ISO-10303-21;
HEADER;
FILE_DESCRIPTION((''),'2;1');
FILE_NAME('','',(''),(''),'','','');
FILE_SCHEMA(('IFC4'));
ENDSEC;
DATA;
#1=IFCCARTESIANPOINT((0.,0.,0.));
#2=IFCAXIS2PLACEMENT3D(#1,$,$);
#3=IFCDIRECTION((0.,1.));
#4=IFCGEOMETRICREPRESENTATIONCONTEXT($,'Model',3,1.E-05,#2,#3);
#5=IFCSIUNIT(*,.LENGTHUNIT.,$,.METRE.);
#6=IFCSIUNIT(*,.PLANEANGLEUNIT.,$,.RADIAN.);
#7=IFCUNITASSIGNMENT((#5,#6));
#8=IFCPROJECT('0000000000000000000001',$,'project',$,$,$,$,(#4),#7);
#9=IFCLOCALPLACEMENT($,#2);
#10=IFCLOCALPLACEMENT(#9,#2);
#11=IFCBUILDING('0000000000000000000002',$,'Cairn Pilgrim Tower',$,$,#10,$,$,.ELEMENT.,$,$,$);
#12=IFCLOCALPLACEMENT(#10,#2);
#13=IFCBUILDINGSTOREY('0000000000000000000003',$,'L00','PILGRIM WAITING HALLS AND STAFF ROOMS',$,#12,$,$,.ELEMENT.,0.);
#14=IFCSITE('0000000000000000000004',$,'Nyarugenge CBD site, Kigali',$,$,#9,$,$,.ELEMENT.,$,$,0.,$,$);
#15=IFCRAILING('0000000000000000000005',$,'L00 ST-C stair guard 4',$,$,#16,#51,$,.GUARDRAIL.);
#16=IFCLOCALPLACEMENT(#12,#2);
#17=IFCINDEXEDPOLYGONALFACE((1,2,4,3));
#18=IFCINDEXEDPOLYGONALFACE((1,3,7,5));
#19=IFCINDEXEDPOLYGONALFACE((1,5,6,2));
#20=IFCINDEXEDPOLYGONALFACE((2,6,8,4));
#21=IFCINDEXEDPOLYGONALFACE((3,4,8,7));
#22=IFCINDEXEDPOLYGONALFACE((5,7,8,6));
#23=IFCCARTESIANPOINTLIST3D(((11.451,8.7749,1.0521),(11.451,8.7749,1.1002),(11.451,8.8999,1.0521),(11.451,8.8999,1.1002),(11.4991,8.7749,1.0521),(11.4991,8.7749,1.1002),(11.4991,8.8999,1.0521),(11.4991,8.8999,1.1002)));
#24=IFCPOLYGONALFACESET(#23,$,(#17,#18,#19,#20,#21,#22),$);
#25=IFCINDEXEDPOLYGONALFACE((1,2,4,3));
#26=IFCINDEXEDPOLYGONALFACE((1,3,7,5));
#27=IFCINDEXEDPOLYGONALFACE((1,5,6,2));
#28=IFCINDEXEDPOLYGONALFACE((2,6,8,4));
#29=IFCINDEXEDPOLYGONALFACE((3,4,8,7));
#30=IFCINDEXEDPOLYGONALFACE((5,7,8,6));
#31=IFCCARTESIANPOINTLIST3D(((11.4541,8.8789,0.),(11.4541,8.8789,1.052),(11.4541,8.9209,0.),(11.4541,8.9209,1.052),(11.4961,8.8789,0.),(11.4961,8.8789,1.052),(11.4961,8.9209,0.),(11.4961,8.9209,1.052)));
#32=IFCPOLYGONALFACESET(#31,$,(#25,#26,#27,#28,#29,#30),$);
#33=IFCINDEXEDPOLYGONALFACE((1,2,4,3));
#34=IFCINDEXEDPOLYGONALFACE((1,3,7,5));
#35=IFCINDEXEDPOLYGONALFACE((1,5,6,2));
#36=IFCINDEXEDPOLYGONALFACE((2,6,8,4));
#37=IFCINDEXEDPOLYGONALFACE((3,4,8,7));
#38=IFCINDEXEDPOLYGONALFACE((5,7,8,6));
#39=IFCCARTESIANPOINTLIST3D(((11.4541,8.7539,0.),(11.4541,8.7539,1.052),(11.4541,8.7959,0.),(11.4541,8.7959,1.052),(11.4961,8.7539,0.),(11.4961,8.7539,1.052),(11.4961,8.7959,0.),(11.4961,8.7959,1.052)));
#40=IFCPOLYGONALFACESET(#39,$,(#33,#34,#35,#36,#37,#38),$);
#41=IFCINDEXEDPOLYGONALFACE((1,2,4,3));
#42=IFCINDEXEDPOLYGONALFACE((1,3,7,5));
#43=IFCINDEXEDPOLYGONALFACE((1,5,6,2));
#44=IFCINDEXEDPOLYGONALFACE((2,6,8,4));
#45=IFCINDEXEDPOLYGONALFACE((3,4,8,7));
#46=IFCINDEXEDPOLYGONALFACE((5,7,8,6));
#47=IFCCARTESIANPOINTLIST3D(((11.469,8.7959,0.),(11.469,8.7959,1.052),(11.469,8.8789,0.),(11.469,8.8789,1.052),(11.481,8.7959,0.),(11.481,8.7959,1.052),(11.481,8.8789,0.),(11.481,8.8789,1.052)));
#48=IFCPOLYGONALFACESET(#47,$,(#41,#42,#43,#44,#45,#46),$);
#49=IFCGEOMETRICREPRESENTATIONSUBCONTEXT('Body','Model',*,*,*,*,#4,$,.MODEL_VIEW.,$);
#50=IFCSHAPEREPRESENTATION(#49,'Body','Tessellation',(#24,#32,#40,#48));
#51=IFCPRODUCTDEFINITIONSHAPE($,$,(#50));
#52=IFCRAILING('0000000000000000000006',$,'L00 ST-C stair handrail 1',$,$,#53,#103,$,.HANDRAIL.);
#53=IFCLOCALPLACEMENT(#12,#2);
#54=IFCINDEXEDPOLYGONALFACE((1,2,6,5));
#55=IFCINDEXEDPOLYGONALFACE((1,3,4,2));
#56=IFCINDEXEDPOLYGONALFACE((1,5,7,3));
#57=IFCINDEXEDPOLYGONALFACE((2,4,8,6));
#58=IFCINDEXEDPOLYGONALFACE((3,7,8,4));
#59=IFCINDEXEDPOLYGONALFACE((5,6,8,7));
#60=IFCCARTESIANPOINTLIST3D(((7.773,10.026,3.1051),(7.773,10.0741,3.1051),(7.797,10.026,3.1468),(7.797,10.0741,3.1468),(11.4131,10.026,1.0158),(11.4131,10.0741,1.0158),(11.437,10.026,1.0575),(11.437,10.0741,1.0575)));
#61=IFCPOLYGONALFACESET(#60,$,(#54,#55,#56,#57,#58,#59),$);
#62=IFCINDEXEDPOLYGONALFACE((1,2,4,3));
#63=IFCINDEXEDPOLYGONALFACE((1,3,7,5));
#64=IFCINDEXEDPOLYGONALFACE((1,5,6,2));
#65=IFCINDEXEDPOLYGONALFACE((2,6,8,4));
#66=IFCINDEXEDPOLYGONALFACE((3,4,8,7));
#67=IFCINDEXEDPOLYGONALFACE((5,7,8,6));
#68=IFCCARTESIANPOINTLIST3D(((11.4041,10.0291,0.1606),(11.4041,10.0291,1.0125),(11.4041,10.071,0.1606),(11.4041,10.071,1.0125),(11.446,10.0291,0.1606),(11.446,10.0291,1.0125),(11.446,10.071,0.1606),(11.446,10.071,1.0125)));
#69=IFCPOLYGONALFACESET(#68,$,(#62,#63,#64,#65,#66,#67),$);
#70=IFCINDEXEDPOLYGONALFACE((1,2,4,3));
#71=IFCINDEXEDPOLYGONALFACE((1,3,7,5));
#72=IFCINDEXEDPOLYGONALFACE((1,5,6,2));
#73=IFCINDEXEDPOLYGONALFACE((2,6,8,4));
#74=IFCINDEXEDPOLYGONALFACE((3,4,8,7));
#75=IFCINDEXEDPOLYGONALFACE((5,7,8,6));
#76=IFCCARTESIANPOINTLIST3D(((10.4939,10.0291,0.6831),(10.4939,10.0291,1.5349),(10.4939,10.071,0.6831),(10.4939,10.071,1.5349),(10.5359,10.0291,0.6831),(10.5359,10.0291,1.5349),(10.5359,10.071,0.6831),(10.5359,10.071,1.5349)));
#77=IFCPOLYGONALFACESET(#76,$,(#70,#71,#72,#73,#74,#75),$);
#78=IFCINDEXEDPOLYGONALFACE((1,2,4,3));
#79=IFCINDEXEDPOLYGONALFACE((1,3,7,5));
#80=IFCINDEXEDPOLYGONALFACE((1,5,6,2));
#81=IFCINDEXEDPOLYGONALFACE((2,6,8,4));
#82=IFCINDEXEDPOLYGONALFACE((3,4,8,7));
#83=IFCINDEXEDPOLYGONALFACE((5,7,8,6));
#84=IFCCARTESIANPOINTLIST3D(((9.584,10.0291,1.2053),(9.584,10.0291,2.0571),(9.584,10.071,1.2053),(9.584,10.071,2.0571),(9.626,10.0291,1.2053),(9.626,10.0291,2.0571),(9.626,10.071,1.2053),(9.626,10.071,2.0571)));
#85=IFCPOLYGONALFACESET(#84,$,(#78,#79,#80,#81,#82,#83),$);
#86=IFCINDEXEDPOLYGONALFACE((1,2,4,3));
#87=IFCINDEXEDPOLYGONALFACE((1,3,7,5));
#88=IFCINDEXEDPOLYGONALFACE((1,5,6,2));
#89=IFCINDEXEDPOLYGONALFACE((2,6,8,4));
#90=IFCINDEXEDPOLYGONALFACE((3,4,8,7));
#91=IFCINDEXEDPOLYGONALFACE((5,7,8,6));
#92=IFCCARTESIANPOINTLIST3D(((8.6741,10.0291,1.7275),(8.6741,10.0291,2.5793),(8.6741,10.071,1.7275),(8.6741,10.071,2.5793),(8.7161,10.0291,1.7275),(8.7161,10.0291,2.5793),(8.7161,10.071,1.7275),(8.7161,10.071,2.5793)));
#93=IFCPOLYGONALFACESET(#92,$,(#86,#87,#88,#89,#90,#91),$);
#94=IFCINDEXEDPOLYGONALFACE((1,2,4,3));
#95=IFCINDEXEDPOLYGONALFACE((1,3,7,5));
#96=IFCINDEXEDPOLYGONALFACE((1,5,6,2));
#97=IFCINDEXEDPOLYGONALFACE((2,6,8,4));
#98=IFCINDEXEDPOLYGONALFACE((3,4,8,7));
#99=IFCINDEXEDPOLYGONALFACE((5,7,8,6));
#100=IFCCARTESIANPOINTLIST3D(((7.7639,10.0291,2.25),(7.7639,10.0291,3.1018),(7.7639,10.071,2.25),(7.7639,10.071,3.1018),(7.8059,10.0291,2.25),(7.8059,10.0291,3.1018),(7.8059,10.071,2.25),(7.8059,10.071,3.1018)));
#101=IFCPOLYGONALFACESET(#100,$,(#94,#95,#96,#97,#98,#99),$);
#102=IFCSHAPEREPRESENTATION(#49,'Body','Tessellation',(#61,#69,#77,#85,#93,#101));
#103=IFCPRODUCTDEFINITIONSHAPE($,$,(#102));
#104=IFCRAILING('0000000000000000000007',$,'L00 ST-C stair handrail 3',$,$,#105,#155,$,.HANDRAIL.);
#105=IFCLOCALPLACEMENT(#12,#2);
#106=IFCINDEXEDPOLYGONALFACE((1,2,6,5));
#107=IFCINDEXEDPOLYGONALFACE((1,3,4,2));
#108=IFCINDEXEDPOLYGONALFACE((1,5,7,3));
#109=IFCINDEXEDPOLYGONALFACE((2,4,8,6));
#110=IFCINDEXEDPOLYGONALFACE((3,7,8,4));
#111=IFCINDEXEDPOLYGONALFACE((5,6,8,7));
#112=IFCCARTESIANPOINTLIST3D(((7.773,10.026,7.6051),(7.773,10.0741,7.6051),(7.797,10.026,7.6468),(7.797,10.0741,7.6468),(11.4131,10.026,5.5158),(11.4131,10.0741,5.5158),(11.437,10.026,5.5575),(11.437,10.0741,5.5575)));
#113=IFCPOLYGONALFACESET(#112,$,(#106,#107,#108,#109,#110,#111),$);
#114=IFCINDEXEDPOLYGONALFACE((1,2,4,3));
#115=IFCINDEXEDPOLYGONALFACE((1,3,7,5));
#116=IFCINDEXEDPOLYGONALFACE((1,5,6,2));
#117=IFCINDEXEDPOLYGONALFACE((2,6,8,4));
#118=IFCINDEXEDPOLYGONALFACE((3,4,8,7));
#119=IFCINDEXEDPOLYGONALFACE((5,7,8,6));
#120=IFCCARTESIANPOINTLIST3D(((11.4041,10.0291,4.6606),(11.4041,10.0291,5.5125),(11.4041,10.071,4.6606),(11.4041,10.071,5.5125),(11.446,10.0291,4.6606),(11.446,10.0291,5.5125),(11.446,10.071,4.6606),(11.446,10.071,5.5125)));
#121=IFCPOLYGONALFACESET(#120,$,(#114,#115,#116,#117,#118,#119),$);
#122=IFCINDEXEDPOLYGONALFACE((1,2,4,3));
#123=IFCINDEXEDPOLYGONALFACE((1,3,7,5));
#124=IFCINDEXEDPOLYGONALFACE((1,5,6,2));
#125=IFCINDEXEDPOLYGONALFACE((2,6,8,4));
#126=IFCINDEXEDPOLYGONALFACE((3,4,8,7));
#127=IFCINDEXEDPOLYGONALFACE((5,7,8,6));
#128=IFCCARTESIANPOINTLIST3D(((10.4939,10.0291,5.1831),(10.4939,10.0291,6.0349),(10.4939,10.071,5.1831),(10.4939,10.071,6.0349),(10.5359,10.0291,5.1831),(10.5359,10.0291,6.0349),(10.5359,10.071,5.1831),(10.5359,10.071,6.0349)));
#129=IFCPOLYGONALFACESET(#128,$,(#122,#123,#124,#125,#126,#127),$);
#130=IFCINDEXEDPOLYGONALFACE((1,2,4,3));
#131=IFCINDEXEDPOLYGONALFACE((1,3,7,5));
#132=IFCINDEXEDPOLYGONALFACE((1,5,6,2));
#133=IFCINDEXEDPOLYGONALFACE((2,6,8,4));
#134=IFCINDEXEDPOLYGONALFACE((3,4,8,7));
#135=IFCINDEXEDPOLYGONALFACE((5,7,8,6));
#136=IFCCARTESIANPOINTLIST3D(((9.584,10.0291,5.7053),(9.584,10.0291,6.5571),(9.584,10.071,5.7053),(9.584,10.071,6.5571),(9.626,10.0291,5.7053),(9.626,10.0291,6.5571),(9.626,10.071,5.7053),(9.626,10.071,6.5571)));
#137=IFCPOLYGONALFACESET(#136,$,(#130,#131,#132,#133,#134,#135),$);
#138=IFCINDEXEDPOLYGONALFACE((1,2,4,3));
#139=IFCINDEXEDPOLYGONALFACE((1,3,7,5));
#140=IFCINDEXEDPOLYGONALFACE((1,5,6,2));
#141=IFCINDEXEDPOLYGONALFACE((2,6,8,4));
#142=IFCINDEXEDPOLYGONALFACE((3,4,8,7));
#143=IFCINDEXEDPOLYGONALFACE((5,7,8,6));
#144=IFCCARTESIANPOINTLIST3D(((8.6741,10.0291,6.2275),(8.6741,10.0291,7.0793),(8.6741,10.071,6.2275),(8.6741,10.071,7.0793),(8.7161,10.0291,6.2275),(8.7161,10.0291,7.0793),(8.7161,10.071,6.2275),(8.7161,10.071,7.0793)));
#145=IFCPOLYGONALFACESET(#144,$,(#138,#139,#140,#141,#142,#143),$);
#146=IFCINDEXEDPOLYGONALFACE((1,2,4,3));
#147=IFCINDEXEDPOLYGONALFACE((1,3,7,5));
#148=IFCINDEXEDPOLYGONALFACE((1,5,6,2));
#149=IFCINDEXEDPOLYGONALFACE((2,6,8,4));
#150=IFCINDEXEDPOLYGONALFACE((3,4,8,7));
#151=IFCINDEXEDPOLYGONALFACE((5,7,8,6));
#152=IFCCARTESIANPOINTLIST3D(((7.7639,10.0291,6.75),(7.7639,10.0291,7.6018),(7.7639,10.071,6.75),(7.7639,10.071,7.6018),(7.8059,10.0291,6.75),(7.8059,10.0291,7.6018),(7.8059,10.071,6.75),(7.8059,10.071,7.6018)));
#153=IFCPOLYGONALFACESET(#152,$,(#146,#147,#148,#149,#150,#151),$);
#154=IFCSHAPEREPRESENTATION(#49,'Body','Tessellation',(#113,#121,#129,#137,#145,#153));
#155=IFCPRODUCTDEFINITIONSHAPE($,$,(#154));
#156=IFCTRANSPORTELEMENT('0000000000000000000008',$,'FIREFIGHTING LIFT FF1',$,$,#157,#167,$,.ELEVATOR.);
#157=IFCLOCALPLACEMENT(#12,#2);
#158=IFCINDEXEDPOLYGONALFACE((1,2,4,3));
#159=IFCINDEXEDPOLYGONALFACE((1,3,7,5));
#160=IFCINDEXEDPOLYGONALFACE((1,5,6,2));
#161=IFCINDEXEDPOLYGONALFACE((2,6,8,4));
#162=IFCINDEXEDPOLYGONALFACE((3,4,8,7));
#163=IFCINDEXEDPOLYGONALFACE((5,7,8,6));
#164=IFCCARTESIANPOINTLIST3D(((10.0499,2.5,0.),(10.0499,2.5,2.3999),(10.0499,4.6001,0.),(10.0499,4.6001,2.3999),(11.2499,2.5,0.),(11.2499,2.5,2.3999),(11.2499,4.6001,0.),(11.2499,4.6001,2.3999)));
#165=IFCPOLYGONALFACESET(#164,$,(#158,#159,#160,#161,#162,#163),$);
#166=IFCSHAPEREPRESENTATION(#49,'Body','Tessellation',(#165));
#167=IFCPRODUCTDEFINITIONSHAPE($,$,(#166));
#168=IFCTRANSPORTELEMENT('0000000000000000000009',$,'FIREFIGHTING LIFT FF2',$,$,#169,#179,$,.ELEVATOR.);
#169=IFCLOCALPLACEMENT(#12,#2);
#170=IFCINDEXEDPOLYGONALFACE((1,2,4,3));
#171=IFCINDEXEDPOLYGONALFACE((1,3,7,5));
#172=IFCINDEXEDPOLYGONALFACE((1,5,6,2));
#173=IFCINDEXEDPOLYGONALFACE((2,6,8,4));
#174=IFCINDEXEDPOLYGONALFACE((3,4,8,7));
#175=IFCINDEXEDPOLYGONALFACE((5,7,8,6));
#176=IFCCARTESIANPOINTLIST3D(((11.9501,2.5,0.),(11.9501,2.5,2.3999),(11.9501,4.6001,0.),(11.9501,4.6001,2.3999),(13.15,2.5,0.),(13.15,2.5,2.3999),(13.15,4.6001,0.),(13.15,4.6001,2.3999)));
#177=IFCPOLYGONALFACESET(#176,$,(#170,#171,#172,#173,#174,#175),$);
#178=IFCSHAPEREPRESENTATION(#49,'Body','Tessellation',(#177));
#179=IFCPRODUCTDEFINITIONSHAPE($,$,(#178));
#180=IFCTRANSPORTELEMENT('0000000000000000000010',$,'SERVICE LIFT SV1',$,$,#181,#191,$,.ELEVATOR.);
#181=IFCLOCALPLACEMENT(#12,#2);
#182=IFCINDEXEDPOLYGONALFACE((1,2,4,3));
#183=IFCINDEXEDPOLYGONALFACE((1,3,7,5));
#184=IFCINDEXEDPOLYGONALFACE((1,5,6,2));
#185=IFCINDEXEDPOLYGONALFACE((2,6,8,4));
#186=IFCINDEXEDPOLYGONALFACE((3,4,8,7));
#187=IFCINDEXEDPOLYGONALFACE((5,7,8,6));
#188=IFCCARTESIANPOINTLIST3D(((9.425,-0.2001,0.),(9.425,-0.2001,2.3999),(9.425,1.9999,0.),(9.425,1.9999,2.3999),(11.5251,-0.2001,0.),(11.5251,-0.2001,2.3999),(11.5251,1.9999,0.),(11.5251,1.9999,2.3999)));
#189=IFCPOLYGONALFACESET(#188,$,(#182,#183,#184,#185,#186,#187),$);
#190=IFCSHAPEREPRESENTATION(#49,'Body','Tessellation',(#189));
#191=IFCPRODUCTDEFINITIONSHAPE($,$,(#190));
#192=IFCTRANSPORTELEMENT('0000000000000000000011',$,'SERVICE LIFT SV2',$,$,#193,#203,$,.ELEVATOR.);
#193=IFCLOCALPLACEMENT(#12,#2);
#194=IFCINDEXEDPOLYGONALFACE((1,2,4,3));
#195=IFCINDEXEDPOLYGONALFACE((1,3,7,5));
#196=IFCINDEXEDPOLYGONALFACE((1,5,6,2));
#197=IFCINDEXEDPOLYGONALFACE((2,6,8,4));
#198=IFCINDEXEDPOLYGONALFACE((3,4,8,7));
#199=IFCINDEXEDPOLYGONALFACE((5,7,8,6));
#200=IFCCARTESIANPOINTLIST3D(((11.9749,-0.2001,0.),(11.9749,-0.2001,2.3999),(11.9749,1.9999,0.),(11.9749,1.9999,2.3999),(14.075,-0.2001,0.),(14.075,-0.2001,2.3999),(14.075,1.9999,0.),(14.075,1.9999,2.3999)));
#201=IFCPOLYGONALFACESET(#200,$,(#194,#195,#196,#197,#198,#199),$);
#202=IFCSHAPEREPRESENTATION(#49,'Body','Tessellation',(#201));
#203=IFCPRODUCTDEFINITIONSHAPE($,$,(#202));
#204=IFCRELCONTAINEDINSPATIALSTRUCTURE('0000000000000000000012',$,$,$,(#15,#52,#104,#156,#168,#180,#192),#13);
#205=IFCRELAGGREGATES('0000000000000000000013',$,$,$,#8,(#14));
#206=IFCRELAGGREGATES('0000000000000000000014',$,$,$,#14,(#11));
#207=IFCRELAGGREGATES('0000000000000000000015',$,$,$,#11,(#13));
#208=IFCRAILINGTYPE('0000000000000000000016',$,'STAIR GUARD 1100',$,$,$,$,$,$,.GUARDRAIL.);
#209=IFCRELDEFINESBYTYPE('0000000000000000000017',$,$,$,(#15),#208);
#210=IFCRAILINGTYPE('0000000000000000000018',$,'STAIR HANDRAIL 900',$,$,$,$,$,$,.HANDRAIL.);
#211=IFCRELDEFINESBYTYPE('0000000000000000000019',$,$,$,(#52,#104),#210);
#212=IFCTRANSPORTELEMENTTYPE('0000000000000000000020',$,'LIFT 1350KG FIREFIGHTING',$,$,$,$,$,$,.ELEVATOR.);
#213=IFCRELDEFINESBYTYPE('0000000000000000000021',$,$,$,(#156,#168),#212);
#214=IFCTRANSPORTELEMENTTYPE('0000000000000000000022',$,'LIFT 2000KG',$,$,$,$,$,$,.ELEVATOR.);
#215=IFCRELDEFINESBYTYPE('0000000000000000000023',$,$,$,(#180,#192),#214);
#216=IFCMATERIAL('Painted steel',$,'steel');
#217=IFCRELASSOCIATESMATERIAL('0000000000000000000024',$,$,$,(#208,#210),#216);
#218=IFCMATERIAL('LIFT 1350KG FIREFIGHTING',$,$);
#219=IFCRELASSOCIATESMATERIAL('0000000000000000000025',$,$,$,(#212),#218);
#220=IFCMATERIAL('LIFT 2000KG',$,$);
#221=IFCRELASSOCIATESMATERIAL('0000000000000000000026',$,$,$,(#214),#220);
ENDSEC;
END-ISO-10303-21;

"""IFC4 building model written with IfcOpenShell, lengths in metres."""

from ifc_helpers import new_model, si_unit, direction, frame, origin, origin_2d, place, context, subcontext, project, spatial, polyline, rectangle, outline, extrude, material, type_object, element, save


model = new_model("IFC4")

# Units and contexts
model_context = context("Model", 3, precision=1e-05, world=origin(), true_north=direction((0.0, 1.0)))
body_context = subcontext(model_context, "Body", "Model", "MODEL_VIEW")
ifc_project = project(units=[si_unit("LENGTHUNIT", "METRE"), si_unit("PLANEANGLEUNIT", "RADIAN")], contexts=[model_context])

# Site, building, storey
site_placement = place(None, origin())
site = spatial("IfcSite", under=ifc_project, at=site_placement, Name="Nyarugenge CBD site, Kigali", CompositionType="ELEMENT", RefElevation=0.0)
building_placement = place(site_placement, origin())
building = spatial("IfcBuilding", under=site, at=building_placement, Name="Cairn Pilgrim Tower", CompositionType="ELEMENT")
storey_placement = place(building_placement, origin())
storey = spatial("IfcBuildingStorey", under=building, at=storey_placement, Name="L00", Description="PILGRIM WAITING HALLS AND STAFF ROOMS", CompositionType="ELEMENT", Elevation=0.0)

# Shared definitions
ifc_material_1 = material(Name="Painted steel", Category="steel")

# Railings
railing_type_1 = type_object("IfcRailingType", Name="STAIR GUARD 1100", PredefinedType="GUARDRAIL", material=ifc_material_1)
railing_1_placement = place(storey_placement, frame((11.4751, 8.8999, 0.0)))
element("IfcRailing", 1, at=railing_1_placement, inside=storey, type_object=railing_type_1, Name="L00 ST-C stair guard 4", PredefinedType="GUARDRAIL", context=body_context, shape_type="SweptSolid", body=[
    extrude(rectangle(XDim=0.0481, YDim=0.0481, at=origin_2d()), frame((0.0, 0.0, 1.0762), z_axis=(0.0, -1.0, 0.0), x_axis=(1.0, 0.0, 0.0)), (0.0, 0.0, 1.0), 0.125),
    extrude(rectangle(XDim=0.042, YDim=0.042, at=origin_2d()), origin(), (0.0, 0.0, 1.0), 1.052),
    extrude(rectangle(XDim=0.042, YDim=0.042, at=origin_2d()), frame((0.0, -0.125, 0.0)), (0.0, 0.0, 1.0), 1.052),
    extrude(outline(polyline([(0.021, 0.0), (0.104, 0.0), (0.104, 1.052), (0.021, 1.052), (0.021, 0.0)])), frame((0.0059, 0.0, 0.0), z_axis=(-1.0, 0.0, 0.0), x_axis=(0.0, -1.0, 0.0)), (0.0, 0.0, 1.0), 0.012),
])
railing_type_2 = type_object("IfcRailingType", Name="STAIR HANDRAIL 900", PredefinedType="HANDRAIL", material=ifc_material_1)
for number, where, name in (
    (2, (11.425, 10.05, 0.1606), "L00 ST-C stair handrail 1"),
    (3, (11.425, 10.05, 4.6606), "L00 ST-C stair handrail 3"),
):
    element("IfcRailing", number, at=place(storey_placement, frame(where)), inside=storey, type_object=railing_type_2, Name=name, PredefinedType="HANDRAIL", context=body_context, shape_type="SweptSolid", body=[
        extrude(rectangle(XDim=0.0481, YDim=0.0481, at=origin_2d()), frame((0.0, 0.0, 0.876), z_axis=(-0.867289, 0.0, 0.497804), x_axis=(0.0, -1.0, 0.0)), (0.0, 0.0, 1.0), 4.197),
        extrude(rectangle(XDim=0.042, YDim=0.042, at=origin_2d()), origin(), (0.0, 0.0, 1.0), 0.8518),
        extrude(rectangle(XDim=0.042, YDim=0.042, at=origin_2d()), frame((-0.9102, 0.0, 0.5225)), (0.0, 0.0, 1.0), 0.8518),
        extrude(rectangle(XDim=0.042, YDim=0.042, at=origin_2d()), frame((-1.8201, 0.0, 1.0447)), (0.0, 0.0, 1.0), 0.8518),
        extrude(rectangle(XDim=0.042, YDim=0.042, at=origin_2d()), frame((-2.73, 0.0, 1.5669)), (0.0, 0.0, 1.0), 0.8518),
        extrude(rectangle(XDim=0.042, YDim=0.042, at=origin_2d()), frame((-3.6401, 0.0, 2.0894)), (0.0, 0.0, 1.0), 0.8518),
    ])

# Transport elements
ifc_material_2 = material(Name="LIFT 1350KG FIREFIGHTING")
transport_element_type_1 = type_object("IfcTransportElementType", Name="LIFT 1350KG FIREFIGHTING", PredefinedType="ELEVATOR", material=ifc_material_2)
for number, where, z_axis, x_axis, name in (
    (4, (10.6499, 3.55, 0.0), (0.0, 0.0, 1.0), (1.0, 0.0, 0.0), "FIREFIGHTING LIFT FF1"),
    (5, (12.55, 3.55, 0.0), (0.0, 0.0, 1.0), (1.0, 0.0, 0.0), "FIREFIGHTING LIFT FF2"),
):
    element("IfcTransportElement", number, at=place(storey_placement, frame(where, z_axis=z_axis, x_axis=x_axis)), inside=storey, type_object=transport_element_type_1, Name=name, PredefinedType="ELEVATOR", context=body_context, shape_type="SweptSolid", body=[
        extrude(rectangle(XDim=1.2, YDim=2.1001, at=origin_2d()), origin(), (0.0, 0.0, 1.0), 2.3999),
    ])
ifc_material_3 = material(Name="LIFT 2000KG")
transport_element_type_2 = type_object("IfcTransportElementType", Name="LIFT 2000KG", PredefinedType="ELEVATOR", material=ifc_material_3)
for number, where, z_axis, x_axis, name in (
    (6, (10.4751, 0.8999, 0.0), (0.0, 0.0, 1.0), (1.0, 0.0, 0.0), "SERVICE LIFT SV1"),
    (7, (13.0249, 0.8999, 0.0), (0.0, 0.0, 1.0), (1.0, 0.0, 0.0), "SERVICE LIFT SV2"),
):
    element("IfcTransportElement", number, at=place(storey_placement, frame(where, z_axis=z_axis, x_axis=x_axis)), inside=storey, type_object=transport_element_type_2, Name=name, PredefinedType="ELEVATOR", context=body_context, shape_type="SweptSolid", body=[
        extrude(rectangle(XDim=2.1001, YDim=2.2, at=origin_2d()), origin(), (0.0, 0.0, 1.0), 2.3999),
    ])

save(model, "model.ifc")
